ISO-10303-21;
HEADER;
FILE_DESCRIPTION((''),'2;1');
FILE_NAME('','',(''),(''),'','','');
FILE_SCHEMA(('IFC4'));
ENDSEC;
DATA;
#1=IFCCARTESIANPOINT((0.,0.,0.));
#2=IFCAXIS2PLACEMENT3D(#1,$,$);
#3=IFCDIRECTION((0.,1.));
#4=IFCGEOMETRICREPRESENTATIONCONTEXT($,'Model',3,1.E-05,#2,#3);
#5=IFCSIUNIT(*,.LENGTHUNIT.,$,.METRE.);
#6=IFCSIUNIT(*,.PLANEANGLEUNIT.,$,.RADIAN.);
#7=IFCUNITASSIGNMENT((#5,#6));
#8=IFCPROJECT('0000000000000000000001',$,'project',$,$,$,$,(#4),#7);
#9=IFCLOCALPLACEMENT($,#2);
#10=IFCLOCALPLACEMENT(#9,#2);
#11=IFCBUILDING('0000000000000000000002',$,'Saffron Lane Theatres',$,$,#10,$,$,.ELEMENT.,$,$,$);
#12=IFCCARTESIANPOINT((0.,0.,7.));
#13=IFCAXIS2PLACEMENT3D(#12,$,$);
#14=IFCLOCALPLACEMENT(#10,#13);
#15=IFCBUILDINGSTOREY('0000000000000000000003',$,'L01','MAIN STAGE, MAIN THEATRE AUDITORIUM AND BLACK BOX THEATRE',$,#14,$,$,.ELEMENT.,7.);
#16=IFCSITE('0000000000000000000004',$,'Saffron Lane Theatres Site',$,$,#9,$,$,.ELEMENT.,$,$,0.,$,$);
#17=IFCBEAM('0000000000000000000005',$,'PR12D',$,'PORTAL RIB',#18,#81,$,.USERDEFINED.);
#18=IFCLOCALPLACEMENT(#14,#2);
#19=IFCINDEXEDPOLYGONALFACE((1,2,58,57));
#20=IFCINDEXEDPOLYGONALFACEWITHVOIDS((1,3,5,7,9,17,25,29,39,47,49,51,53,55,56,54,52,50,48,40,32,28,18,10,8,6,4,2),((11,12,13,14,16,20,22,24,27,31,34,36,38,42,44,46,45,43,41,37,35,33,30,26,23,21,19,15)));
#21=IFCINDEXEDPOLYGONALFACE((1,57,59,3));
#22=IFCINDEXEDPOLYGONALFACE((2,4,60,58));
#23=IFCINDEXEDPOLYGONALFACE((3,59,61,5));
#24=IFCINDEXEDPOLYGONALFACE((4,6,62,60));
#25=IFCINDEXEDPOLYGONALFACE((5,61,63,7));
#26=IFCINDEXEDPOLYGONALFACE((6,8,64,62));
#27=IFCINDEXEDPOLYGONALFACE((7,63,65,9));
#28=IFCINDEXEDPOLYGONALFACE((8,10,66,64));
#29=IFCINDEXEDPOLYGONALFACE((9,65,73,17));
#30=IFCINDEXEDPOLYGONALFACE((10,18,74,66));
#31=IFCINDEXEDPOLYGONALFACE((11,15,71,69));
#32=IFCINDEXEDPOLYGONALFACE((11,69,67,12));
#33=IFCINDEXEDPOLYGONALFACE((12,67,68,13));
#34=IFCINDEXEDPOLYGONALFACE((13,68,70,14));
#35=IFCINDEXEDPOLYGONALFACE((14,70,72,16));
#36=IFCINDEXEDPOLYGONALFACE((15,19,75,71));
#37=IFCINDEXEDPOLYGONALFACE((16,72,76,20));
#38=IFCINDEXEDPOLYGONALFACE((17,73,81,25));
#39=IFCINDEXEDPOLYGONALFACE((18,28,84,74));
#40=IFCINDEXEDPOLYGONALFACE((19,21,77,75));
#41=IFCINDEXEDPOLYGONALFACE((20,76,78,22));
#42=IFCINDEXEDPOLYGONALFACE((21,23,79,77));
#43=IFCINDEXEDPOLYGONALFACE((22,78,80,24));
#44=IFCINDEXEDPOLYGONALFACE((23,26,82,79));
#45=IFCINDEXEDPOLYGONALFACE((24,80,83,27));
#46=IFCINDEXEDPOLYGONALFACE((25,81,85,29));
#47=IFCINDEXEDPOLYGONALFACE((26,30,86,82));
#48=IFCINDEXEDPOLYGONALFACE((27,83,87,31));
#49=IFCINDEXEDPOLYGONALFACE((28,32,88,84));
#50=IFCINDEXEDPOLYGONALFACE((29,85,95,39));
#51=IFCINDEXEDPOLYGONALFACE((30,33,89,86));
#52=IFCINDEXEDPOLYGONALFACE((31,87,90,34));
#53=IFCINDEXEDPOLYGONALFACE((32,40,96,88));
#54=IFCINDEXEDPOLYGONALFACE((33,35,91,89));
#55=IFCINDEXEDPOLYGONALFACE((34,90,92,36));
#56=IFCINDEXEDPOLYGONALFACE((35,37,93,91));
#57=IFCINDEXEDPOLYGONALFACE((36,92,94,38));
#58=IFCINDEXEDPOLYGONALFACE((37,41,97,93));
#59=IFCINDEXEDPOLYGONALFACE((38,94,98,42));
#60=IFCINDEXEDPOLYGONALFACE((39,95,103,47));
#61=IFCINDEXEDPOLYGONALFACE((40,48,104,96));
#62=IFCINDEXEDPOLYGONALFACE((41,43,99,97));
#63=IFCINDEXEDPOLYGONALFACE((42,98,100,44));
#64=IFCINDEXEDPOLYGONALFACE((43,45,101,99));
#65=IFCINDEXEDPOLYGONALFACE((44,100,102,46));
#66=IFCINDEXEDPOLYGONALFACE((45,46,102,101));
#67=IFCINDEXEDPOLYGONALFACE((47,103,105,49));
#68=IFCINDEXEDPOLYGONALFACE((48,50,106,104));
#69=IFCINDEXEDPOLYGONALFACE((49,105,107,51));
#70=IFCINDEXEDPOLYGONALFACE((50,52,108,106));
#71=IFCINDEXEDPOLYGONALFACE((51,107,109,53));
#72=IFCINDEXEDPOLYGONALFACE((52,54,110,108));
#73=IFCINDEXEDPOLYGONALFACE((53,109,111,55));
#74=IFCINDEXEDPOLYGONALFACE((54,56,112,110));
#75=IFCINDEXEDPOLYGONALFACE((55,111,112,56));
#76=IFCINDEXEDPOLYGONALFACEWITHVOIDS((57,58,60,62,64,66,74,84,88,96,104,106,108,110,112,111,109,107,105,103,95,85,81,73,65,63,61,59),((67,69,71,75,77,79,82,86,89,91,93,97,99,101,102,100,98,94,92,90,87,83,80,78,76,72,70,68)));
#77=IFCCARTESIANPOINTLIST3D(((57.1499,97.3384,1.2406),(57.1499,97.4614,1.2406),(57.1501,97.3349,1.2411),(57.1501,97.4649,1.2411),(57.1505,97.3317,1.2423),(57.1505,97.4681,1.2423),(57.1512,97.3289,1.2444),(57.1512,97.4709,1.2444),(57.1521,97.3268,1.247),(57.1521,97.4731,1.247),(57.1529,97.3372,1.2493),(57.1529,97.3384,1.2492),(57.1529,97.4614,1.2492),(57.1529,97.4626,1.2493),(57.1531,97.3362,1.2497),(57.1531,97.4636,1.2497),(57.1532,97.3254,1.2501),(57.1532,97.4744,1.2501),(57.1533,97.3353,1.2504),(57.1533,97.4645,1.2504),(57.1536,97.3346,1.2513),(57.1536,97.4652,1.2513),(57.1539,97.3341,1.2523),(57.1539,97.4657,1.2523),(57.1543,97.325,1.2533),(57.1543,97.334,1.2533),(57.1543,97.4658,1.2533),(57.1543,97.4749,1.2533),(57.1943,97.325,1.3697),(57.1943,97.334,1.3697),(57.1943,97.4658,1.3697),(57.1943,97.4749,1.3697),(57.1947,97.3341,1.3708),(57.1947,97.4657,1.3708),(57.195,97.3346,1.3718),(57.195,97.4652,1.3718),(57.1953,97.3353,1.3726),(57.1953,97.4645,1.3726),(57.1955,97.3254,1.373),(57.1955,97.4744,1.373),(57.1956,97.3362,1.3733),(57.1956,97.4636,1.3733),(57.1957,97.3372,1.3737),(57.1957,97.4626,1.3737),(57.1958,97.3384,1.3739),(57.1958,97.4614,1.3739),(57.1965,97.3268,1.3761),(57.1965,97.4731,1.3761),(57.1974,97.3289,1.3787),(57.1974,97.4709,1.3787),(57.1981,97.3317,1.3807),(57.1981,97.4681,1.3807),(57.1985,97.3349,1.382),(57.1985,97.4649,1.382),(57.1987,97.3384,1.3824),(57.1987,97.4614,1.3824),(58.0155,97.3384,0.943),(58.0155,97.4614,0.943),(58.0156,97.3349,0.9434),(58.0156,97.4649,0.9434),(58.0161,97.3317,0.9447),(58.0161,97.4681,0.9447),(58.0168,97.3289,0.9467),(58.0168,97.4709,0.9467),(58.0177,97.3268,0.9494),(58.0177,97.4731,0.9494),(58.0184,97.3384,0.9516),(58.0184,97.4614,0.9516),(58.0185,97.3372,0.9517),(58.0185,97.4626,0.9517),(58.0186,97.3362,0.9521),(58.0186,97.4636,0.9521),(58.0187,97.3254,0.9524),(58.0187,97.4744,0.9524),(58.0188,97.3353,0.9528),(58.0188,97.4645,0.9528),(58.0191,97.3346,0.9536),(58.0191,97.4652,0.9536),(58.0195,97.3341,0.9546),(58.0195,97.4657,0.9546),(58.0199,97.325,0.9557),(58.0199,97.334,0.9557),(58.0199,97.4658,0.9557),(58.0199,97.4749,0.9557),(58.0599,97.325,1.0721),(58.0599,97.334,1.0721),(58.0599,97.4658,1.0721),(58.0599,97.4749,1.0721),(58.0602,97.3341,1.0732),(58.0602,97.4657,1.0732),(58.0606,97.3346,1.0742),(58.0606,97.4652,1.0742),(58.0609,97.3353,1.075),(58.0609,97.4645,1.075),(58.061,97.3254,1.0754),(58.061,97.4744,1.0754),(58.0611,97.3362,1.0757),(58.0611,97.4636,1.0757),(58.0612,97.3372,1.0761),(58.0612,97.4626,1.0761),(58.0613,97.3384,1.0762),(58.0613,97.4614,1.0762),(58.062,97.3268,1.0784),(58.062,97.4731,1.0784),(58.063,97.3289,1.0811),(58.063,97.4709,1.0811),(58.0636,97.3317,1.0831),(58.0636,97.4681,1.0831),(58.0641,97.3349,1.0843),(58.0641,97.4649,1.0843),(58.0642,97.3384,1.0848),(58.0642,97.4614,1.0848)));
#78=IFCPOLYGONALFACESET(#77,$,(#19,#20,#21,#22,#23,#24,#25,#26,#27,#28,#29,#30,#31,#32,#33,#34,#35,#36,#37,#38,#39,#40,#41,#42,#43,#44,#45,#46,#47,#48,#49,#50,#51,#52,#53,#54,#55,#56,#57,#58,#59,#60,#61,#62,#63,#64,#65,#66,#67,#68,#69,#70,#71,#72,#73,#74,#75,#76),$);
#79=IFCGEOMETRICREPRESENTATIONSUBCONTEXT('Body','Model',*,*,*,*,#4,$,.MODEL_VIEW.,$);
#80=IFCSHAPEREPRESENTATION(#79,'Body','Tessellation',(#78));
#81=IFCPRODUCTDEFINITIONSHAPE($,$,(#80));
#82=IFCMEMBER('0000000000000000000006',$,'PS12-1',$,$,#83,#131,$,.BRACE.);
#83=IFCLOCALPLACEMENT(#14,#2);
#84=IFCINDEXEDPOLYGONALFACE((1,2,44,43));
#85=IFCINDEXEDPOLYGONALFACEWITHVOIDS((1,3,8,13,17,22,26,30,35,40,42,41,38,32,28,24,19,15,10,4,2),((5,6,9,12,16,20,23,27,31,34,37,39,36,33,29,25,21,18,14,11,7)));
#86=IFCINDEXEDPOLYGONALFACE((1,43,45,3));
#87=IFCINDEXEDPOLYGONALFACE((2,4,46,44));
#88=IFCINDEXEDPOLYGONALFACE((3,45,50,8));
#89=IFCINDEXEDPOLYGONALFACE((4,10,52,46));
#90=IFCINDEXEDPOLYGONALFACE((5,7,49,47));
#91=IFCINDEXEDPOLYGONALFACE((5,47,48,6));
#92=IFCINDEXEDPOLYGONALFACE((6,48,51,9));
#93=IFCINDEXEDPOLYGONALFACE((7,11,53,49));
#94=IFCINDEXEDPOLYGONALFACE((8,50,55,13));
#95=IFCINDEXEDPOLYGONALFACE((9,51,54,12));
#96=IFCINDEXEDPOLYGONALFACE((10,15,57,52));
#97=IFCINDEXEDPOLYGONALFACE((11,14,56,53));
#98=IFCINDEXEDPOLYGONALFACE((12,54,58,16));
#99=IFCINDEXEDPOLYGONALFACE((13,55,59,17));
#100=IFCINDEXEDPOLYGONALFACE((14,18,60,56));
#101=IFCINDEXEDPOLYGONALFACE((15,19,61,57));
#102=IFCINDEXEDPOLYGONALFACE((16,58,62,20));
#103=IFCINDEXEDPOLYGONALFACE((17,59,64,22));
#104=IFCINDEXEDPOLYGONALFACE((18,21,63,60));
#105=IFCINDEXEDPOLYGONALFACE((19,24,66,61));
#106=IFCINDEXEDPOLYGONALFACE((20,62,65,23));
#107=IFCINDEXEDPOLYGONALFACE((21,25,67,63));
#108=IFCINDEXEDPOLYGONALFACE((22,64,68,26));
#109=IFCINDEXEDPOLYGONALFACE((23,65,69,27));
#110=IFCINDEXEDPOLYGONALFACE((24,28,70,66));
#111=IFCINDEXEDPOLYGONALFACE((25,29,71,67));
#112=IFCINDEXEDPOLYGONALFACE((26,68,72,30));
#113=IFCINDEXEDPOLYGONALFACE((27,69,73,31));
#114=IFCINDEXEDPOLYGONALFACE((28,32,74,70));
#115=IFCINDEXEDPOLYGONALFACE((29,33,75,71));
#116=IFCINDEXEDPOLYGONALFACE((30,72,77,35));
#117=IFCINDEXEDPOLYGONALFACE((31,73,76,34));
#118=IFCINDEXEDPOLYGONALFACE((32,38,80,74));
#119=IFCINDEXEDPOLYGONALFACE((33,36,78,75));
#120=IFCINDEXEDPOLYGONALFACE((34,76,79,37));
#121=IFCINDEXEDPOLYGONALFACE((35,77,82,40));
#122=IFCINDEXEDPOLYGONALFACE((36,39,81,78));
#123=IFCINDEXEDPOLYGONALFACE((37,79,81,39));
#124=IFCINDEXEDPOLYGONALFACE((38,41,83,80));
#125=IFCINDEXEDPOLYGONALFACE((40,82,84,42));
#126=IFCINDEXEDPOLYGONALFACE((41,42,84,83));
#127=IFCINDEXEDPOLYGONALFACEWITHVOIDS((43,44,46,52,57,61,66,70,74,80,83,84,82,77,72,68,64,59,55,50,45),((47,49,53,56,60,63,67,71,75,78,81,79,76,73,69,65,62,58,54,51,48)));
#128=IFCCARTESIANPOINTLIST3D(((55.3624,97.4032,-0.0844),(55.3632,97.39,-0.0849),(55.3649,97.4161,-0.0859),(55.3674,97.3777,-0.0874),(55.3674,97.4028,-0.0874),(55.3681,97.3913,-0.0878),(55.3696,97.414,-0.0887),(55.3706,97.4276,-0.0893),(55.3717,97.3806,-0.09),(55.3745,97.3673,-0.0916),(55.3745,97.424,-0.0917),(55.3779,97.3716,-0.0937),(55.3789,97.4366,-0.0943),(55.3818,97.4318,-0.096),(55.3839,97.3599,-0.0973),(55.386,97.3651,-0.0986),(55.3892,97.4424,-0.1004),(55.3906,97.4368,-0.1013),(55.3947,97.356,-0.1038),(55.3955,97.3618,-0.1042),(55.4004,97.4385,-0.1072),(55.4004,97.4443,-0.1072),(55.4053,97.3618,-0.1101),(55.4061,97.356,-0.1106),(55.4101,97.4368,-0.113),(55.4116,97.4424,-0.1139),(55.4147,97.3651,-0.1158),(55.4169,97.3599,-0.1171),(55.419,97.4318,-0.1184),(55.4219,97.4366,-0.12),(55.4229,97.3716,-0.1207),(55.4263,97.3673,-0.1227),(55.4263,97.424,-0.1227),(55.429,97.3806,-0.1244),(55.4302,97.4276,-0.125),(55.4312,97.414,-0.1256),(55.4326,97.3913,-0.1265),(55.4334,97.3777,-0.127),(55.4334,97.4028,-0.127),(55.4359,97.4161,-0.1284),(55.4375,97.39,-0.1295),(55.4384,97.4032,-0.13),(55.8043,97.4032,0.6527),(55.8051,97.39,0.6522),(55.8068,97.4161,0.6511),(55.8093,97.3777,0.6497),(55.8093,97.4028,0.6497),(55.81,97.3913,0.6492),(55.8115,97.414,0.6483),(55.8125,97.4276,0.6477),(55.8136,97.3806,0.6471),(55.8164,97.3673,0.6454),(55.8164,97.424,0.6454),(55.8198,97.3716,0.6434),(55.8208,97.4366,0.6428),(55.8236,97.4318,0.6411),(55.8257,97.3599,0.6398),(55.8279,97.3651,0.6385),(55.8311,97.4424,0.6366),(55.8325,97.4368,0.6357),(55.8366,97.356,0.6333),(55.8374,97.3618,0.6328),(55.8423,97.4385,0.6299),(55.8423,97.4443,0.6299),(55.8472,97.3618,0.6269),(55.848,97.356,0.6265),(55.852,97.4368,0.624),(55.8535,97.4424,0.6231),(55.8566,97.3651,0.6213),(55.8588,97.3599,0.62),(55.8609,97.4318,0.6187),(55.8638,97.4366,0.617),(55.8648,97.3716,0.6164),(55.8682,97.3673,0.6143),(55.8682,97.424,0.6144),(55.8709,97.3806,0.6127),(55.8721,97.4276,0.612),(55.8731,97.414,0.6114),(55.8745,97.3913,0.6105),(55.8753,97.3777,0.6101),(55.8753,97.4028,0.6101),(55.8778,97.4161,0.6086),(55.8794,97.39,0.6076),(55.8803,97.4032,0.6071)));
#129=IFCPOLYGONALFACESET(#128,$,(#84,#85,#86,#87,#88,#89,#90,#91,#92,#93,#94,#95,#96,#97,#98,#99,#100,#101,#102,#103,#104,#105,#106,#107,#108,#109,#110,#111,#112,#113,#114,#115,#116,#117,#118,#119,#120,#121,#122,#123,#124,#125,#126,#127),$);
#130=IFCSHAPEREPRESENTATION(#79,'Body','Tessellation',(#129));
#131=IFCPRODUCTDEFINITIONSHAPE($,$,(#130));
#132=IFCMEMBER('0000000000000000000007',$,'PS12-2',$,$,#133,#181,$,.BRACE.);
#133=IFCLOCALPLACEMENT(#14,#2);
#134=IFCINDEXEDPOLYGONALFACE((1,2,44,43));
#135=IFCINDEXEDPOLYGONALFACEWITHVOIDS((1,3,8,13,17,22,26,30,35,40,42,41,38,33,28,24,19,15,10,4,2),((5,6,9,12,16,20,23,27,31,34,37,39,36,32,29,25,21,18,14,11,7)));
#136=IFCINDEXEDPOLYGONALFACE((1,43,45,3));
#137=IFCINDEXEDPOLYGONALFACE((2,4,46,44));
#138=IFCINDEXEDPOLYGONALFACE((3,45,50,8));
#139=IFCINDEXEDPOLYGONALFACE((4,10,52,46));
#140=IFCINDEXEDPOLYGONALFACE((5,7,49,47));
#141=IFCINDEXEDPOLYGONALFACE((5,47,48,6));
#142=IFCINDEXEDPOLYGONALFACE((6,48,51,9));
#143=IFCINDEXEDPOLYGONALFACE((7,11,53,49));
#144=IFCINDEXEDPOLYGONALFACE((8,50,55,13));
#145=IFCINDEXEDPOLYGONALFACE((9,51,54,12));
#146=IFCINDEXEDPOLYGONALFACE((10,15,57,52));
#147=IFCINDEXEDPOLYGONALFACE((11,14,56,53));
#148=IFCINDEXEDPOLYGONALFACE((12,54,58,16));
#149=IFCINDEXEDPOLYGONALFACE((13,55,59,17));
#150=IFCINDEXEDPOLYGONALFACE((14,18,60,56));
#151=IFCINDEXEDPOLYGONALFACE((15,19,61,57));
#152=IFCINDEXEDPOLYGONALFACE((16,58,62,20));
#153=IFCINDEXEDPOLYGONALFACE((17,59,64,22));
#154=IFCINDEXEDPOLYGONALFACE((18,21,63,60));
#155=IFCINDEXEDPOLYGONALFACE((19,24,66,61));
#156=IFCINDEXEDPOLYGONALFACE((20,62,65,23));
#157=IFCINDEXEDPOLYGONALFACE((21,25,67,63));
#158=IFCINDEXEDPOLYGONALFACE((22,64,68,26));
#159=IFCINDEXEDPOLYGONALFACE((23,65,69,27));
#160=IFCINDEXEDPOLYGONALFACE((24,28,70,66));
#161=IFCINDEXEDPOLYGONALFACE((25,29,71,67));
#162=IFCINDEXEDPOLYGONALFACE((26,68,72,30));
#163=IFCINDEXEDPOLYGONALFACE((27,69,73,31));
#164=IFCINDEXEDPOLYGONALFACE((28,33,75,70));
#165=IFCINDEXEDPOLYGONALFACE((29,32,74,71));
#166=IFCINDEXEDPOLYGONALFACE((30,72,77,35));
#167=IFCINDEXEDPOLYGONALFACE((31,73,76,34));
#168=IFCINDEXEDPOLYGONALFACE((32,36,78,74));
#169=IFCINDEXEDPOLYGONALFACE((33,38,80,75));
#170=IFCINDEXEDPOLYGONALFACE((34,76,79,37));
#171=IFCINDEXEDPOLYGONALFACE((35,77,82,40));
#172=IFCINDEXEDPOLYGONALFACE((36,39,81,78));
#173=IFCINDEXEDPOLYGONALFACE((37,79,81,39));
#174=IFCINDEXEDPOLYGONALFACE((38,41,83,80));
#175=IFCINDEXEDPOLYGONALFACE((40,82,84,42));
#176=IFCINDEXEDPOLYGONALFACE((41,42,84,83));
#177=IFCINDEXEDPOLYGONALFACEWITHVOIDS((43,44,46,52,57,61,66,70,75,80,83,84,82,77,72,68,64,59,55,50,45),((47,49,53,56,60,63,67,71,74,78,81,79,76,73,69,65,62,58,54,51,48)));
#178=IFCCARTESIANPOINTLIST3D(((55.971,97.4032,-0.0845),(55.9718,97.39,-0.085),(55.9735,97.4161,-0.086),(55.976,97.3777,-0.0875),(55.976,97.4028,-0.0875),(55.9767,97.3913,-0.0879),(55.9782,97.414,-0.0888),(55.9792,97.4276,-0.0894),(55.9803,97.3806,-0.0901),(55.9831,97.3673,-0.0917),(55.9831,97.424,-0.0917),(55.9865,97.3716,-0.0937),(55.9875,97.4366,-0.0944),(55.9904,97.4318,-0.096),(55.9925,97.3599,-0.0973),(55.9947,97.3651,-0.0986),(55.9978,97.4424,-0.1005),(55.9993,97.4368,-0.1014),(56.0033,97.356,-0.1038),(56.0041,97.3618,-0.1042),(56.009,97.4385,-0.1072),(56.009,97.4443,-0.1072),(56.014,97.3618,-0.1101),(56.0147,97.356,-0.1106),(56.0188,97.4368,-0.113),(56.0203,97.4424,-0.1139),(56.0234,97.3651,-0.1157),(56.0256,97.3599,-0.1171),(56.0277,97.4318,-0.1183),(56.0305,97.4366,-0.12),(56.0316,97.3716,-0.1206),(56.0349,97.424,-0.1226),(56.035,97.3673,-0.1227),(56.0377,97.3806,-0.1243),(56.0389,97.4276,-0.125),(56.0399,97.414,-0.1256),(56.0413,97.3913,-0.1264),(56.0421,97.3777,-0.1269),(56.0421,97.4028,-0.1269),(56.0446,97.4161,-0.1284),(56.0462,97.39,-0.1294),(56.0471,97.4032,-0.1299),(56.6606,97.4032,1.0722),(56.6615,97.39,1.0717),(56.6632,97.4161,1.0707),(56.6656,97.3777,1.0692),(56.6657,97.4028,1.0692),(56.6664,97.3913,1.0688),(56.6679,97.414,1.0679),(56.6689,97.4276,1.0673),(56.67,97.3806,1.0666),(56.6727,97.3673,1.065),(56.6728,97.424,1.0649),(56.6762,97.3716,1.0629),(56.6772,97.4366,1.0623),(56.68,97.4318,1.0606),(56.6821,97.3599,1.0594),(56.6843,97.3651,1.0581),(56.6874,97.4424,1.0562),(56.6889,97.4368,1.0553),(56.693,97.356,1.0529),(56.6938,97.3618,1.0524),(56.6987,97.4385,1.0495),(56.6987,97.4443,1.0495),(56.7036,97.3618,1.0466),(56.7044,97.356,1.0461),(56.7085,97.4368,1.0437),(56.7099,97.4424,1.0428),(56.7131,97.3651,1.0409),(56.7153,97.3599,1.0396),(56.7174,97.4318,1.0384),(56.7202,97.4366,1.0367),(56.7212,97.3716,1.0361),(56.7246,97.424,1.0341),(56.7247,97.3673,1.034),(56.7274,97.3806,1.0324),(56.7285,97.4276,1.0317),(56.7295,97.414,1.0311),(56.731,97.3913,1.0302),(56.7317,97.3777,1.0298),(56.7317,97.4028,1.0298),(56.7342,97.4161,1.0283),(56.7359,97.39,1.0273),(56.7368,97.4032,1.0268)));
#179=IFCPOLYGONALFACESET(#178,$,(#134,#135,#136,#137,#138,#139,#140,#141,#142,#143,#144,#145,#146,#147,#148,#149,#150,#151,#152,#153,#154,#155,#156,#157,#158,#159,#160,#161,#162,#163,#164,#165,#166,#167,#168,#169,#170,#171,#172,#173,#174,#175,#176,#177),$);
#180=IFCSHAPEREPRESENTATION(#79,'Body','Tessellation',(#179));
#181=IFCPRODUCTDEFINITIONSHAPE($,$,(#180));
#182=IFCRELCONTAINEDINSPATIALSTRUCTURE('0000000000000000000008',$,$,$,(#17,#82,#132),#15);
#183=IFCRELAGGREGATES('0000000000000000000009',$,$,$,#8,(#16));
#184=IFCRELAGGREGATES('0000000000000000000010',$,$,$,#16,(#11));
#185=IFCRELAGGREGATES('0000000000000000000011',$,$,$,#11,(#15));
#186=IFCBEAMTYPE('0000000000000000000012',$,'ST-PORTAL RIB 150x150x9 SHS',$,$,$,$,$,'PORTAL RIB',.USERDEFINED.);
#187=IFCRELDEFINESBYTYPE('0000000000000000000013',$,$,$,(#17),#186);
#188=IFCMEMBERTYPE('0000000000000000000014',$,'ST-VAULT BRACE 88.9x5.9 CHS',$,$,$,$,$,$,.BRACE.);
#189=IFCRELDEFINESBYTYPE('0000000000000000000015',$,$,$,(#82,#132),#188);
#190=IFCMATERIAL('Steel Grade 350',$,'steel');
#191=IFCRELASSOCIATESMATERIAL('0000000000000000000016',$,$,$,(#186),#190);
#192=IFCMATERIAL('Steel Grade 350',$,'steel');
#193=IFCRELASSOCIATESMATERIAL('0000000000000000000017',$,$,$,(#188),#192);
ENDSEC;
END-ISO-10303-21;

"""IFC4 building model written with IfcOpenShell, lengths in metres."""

from ifc_helpers import new_model, si_unit, direction, frame, origin, origin_2d, place, context, subcontext, project, spatial, hollow_rectangle, hollow_circle, extrude, material, material_profile, profile_set, type_object, element, save


model = new_model("IFC4")

# Units and contexts
model_context = context("Model", 3, precision=1e-05, world=origin(), true_north=direction((0.0, 1.0)))
body_context = subcontext(model_context, "Body", "Model", "MODEL_VIEW")
ifc_project = project(units=[si_unit("LENGTHUNIT", "METRE"), si_unit("PLANEANGLEUNIT", "RADIAN")], contexts=[model_context])

# Site, building, storey
site_placement = place(None, origin())
site = spatial("IfcSite", under=ifc_project, at=site_placement, Name="Saffron Lane Theatres Site", CompositionType="ELEMENT", RefElevation=0.0)
building_placement = place(site_placement, origin())
building = spatial("IfcBuilding", under=site, at=building_placement, Name="Saffron Lane Theatres", CompositionType="ELEMENT")
storey_placement = place(building_placement, frame((0.0, 0.0, 7.0)))
storey = spatial("IfcBuildingStorey", under=building, at=storey_placement, Name="L01", Description="MAIN STAGE, MAIN THEATRE AUDITORIUM AND BLACK BOX THEATRE", CompositionType="ELEMENT", Elevation=7.0)

# Beam
ifc_material_1 = material(Name="Steel Grade 350", Category="steel")
ifc_material_profile_1 = material_profile(ifc_material_1, hollow_rectangle(XDim=0.1499, YDim=0.1499, WallThickness=0.009, InnerFilletRadius=0.0044, OuterFilletRadius=0.0134, at=origin_2d()))
ifc_profile_set_1 = profile_set([ifc_material_profile_1], Name="Steel Grade 350")
beam_type = type_object("IfcBeamType", Name="ST-PORTAL RIB 150x150x9 SHS", ElementType="PORTAL RIB", PredefinedType="USERDEFINED", material=ifc_profile_set_1)
beam_1_placement = place(storey_placement, frame((57.1743, 97.3999, 1.3115), z_axis=(0.945653, 0.0, -0.325177), x_axis=(0.0, 1.0, 0.0)))
element("IfcBeam", 1, at=beam_1_placement, inside=storey, type_object=beam_type, Name="PR12D", ObjectType="PORTAL RIB", PredefinedType="USERDEFINED", context=body_context, shape_type="SweptSolid", body=[
    extrude(hollow_rectangle(XDim=0.1499, YDim=0.1499, WallThickness=0.009, InnerFilletRadius=0.0044, OuterFilletRadius=0.0134, at=origin_2d()), origin(), (0.0, 0.0, 1.0), 0.9153),
])

# Members
ifc_material_2 = material(Name="Steel Grade 350", Category="steel")
ifc_material_profile_2 = material_profile(ifc_material_2, hollow_circle(Radius=0.0444, WallThickness=0.0059, at=origin_2d()))
ifc_profile_set_2 = profile_set([ifc_material_profile_2], Name="Steel Grade 350")
member_type = type_object("IfcMemberType", Name="ST-VAULT BRACE 88.9x5.9 CHS", PredefinedType="BRACE", material=ifc_profile_set_2)
member_1_placement = place(storey_placement, frame((55.4004, 97.3999, -0.1072), z_axis=(0.514203, 0.0, 0.857668), x_axis=(0.0, 1.0, 0.0)))
element("IfcMember", 2, at=member_1_placement, inside=storey, type_object=member_type, Name="PS12-1", PredefinedType="BRACE", context=body_context, shape_type="SweptSolid", body=[
    extrude(hollow_circle(Radius=0.0444, WallThickness=0.0059, at=origin_2d()), origin(), (0.0, 0.0, 1.0), 0.8594),
])
member_2_placement = place(storey_placement, frame((56.009, 97.3999, -0.1072), z_axis=(0.512121, 0.0, 0.858913), x_axis=(0.0, 1.0, 0.0)))
element("IfcMember", 3, at=member_2_placement, inside=storey, type_object=member_type, Name="PS12-2", PredefinedType="BRACE", context=body_context, shape_type="SweptSolid", body=[
    extrude(hollow_circle(Radius=0.0444, WallThickness=0.0059, at=origin_2d()), origin(), (0.0, 0.0, 1.0), 1.3467),
])

save(model, "model.ifc")
